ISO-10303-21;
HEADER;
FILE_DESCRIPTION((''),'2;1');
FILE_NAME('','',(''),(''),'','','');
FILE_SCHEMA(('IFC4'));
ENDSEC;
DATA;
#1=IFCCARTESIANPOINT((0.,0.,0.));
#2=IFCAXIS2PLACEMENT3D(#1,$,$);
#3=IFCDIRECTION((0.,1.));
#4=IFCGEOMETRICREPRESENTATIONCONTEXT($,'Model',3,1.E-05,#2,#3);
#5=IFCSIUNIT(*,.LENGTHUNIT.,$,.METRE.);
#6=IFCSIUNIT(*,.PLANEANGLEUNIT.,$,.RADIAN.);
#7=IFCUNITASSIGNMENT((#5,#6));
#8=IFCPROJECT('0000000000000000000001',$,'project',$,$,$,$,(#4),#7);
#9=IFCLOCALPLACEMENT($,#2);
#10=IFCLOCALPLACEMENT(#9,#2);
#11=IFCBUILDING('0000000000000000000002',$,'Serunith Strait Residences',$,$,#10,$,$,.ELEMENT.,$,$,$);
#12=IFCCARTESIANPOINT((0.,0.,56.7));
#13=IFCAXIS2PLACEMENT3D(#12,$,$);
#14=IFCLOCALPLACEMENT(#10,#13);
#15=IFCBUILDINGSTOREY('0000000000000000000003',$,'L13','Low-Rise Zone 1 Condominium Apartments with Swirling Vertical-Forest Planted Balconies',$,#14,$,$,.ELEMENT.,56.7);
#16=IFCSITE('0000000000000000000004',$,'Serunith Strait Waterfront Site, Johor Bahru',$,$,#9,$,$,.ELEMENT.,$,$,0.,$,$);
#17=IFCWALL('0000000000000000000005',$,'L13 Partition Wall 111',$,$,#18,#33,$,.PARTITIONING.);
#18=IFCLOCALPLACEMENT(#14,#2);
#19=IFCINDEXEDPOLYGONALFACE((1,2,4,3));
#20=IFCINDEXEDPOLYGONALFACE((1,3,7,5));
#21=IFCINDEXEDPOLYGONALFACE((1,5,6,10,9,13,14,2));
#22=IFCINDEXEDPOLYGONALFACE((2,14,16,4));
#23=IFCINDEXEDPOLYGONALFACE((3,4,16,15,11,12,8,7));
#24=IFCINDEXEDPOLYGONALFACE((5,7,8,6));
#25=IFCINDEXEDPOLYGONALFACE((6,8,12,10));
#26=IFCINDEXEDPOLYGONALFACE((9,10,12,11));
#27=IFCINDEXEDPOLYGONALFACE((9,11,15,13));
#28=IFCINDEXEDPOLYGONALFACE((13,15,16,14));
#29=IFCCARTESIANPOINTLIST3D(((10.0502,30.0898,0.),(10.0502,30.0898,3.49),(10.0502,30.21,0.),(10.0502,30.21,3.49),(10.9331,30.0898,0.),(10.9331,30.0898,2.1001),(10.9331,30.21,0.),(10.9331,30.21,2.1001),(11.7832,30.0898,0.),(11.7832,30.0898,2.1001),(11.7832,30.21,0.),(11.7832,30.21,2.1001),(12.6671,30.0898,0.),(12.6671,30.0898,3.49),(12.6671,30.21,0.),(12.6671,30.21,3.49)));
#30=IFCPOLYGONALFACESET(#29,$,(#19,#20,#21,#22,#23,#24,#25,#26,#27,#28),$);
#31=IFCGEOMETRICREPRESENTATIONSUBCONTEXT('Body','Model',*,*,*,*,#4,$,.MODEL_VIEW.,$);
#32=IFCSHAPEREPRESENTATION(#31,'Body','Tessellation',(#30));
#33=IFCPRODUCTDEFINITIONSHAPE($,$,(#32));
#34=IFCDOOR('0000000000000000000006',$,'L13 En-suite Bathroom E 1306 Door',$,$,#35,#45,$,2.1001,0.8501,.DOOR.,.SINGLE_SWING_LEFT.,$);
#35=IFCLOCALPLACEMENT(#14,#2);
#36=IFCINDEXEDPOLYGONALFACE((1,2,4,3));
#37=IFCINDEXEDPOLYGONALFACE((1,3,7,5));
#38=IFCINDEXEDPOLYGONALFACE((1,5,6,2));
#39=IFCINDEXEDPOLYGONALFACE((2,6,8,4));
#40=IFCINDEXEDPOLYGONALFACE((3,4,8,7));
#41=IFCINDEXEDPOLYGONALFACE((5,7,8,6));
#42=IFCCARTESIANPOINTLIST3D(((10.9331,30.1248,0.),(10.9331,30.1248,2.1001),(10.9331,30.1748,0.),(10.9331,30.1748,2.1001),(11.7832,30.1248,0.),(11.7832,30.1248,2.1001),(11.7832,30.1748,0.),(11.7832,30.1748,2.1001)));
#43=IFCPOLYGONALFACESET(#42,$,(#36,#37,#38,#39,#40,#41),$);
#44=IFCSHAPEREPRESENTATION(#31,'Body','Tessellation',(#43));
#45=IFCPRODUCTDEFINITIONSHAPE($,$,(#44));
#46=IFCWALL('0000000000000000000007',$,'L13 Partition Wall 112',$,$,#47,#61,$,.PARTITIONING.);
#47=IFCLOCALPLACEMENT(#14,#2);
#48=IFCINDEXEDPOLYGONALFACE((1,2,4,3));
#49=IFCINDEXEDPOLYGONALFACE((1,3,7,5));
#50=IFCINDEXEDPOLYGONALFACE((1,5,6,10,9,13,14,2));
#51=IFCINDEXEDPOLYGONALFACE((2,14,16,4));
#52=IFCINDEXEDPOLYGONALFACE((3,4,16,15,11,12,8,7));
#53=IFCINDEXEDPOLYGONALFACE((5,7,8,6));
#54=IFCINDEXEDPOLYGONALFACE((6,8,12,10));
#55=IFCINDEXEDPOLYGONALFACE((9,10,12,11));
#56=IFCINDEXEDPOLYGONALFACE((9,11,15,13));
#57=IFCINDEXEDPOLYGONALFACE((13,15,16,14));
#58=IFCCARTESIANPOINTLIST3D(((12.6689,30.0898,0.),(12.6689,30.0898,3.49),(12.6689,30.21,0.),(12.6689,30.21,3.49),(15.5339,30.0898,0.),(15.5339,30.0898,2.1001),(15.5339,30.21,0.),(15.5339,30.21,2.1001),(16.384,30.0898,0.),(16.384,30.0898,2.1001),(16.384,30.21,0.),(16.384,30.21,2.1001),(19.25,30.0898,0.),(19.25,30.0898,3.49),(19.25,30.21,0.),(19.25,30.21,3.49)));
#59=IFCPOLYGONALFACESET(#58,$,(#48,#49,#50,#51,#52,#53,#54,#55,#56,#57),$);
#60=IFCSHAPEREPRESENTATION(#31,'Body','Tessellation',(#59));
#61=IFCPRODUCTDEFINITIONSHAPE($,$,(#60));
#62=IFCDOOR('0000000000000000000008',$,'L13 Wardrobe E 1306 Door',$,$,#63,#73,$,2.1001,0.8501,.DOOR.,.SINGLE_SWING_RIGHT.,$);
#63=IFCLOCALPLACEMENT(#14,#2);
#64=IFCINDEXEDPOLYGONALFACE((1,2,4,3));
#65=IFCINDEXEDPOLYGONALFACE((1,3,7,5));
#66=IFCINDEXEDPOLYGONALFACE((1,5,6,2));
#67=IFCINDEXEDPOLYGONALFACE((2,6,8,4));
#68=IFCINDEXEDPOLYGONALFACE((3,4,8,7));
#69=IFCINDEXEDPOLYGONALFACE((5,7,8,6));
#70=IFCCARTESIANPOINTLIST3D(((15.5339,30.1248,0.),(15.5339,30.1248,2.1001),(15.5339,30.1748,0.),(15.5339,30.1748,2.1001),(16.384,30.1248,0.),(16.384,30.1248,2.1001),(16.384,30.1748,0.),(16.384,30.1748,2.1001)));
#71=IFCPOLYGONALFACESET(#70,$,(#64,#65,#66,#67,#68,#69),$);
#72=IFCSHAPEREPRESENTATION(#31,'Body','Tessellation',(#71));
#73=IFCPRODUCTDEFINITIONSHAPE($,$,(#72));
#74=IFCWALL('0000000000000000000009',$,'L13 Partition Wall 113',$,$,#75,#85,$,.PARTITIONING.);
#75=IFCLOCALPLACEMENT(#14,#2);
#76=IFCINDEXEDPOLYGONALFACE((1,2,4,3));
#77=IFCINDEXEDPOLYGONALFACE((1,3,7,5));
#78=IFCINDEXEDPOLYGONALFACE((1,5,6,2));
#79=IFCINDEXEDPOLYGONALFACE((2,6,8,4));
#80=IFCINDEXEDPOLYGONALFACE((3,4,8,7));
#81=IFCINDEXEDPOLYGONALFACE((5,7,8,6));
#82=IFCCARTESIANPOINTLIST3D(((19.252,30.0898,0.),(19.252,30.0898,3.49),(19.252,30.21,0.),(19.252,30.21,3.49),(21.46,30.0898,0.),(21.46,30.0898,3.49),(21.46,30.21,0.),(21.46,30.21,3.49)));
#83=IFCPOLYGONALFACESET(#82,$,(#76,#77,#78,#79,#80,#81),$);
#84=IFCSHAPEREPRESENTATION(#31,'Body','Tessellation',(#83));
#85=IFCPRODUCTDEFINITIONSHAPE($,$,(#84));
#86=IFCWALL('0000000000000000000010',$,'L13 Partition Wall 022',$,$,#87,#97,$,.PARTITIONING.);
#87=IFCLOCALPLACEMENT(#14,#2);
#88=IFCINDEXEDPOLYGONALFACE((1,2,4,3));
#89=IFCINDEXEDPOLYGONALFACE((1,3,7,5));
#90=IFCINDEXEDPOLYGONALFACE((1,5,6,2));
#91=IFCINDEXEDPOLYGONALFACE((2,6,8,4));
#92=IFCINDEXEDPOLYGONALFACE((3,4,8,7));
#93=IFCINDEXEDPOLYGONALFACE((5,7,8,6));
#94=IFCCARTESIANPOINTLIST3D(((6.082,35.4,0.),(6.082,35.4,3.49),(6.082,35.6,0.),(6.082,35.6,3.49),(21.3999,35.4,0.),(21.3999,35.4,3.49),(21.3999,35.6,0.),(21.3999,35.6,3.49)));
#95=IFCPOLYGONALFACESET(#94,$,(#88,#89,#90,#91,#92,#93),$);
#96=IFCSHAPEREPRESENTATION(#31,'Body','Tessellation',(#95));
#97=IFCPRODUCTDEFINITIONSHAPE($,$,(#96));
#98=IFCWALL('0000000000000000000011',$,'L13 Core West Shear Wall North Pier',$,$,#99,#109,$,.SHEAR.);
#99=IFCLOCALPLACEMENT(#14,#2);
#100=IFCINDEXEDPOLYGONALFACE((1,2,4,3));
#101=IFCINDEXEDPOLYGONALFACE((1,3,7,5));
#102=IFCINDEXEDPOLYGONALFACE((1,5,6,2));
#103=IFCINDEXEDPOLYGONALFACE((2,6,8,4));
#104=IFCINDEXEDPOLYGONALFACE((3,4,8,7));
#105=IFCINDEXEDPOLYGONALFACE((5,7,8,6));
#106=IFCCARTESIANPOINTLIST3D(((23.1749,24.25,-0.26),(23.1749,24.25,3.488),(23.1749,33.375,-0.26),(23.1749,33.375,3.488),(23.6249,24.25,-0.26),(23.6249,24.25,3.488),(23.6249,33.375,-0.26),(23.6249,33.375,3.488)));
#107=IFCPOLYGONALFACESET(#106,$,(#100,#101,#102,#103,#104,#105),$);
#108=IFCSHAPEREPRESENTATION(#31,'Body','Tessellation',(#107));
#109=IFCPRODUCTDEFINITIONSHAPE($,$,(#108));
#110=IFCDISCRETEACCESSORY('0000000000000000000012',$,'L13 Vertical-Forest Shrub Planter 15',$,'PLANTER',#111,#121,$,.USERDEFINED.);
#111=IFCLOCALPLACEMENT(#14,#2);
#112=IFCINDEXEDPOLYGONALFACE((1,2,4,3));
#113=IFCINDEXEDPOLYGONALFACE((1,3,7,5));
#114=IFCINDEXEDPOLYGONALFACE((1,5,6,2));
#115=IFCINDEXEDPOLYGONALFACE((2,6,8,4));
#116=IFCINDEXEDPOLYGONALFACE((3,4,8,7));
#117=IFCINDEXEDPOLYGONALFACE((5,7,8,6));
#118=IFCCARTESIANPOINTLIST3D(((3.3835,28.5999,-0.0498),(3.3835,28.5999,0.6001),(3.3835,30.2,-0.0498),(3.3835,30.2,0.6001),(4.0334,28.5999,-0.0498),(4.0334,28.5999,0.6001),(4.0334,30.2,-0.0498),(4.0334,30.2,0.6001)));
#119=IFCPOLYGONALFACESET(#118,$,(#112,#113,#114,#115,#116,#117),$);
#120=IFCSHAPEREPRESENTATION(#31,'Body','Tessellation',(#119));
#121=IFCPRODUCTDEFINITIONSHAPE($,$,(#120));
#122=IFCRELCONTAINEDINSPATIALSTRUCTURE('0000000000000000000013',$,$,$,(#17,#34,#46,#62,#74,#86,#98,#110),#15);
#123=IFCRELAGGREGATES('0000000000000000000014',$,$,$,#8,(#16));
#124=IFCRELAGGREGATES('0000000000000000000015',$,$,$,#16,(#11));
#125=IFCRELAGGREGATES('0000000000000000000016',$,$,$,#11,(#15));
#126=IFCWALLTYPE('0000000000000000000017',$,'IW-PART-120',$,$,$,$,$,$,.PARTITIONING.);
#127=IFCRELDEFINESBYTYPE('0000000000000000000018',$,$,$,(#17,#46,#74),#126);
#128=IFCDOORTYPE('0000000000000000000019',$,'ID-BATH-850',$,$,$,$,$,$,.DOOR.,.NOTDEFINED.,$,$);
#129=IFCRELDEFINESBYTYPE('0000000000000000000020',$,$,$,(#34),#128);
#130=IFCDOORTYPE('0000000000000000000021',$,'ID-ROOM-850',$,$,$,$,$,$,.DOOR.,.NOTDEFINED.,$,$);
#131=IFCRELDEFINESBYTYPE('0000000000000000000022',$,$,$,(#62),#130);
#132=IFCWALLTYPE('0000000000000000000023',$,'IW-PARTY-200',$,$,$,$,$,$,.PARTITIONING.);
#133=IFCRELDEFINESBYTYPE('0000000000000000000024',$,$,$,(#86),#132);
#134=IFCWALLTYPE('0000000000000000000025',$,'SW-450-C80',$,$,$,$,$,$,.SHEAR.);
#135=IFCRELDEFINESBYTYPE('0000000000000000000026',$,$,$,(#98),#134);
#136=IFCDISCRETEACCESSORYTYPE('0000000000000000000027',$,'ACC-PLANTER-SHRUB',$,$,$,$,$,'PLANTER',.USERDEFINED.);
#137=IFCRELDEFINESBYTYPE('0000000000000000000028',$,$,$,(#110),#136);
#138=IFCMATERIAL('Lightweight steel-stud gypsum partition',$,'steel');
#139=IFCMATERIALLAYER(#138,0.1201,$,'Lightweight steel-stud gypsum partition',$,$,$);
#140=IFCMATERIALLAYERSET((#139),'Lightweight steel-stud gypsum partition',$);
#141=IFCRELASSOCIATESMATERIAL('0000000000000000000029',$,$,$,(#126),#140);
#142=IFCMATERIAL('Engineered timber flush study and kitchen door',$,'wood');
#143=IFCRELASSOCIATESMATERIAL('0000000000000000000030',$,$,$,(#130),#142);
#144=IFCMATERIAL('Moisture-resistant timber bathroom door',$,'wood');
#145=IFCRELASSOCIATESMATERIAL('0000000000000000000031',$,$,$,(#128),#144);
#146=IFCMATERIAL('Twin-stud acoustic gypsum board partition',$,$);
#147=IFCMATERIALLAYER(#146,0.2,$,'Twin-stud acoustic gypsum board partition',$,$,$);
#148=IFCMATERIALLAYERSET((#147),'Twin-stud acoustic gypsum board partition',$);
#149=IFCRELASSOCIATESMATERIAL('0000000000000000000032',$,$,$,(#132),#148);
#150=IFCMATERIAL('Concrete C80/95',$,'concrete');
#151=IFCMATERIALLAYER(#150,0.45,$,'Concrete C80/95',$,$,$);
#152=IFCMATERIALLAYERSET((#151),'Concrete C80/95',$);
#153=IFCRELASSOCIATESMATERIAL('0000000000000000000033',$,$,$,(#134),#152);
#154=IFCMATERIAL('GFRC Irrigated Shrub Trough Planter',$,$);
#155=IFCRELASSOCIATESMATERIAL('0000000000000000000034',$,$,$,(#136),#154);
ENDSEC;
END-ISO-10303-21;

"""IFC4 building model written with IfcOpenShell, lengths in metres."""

from ifc_helpers import new_model, si_unit, direction, frame, frame_2d, origin, origin_2d, place, context, subcontext, project, spatial, rectangle, extrude, source, transform, mapped, material, layer, layer_set, type_object, element, fill, save


model = new_model("IFC4")

# Units and contexts
model_context = context("Model", 3, precision=1e-05, world=origin(), true_north=direction((0.0, 1.0)))
body_context = subcontext(model_context, "Body", "Model", "MODEL_VIEW")
ifc_project = project(units=[si_unit("LENGTHUNIT", "METRE"), si_unit("PLANEANGLEUNIT", "RADIAN")], contexts=[model_context])

# Site, building, storey
site_placement = place(None, origin())
site = spatial("IfcSite", under=ifc_project, at=site_placement, Name="Serunith Strait Waterfront Site, Johor Bahru", CompositionType="ELEMENT", RefElevation=0.0)
building_placement = place(site_placement, origin())
building = spatial("IfcBuilding", under=site, at=building_placement, Name="Serunith Strait Residences", CompositionType="ELEMENT")
storey_placement = place(building_placement, frame((0.0, 0.0, 56.7)))
storey = spatial("IfcBuildingStorey", under=building, at=storey_placement, Name="L13", Description="Low-Rise Zone 1 Condominium Apartments with Swirling Vertical-Forest Planted Balconies", CompositionType="ELEMENT", Elevation=56.7)

# Shared definitions
ifc_material_1 = material(Name="Lightweight steel-stud gypsum partition", Category="steel")
ifc_layer_1 = layer(ifc_material_1, 0.1201, Name="Lightweight steel-stud gypsum partition")
ifc_layer_set_1 = layer_set([ifc_layer_1], Name="Lightweight steel-stud gypsum partition")
wall_type_1 = type_object("IfcWallType", Name="IW-PART-120", PredefinedType="PARTITIONING", material=ifc_layer_set_1)

# Shared definitions
ifc_material_2 = material(Name="Engineered timber flush study and kitchen door", Category="wood")
door_type_1 = type_object("IfcDoorType", Name="ID-ROOM-850", OperationType="NOTDEFINED", PredefinedType="DOOR", material=ifc_material_2)
shared_shape_1 = source(origin(), body_context, "Body", "SweptSolid", [
    extrude(rectangle(XDim=0.8501, YDim=2.1001, at=frame_2d((0.425, 1.05))), frame((0.0, 0.0249, 0.0), z_axis=(0.0, -1.0, 0.0), x_axis=(1.0, 0.0, 0.0)), (0.0, 0.0, 1.0), 0.05),
])

# Walls, openings, doors
wall_1_placement = place(storey_placement, frame((10.05, 30.1499, 0.0), z_axis=(0.0, 0.0, 1.0), x_axis=(1.0, 0.0, 0.0)))
wall_1 = element("IfcWall", 1, at=wall_1_placement, inside=storey, type_object=wall_type_1, Name="L13 Partition Wall 111", PredefinedType="PARTITIONING", context=body_context, shape_type="SweptSolid", body=[
    extrude(rectangle(XDim=2.6169, YDim=0.1201, at=frame_2d((1.3086, 0.0))), origin(), (0.0, 0.0, 1.0), 3.49),
])
opening_1_placement = place(wall_1_placement, frame((0.8831, 0.0, 0.0)))
opening_1 = element("IfcOpeningElement", 2, at=opening_1_placement, cuts=wall_1, PredefinedType="OPENING", context=body_context, shape_type="SweptSolid", body=[
    extrude(rectangle(XDim=0.8501, YDim=2.1001, at=frame_2d((0.425, 1.05))), frame((0.0, 0.0701, 0.0), z_axis=(0.0, -1.0, 0.0), x_axis=(1.0, 0.0, 0.0)), (0.0, 0.0, 1.0), 0.1401),
])
ifc_material_3 = material(Name="Moisture-resistant timber bathroom door", Category="wood")
door_type_2 = type_object("IfcDoorType", Name="ID-BATH-850", OperationType="NOTDEFINED", PredefinedType="DOOR", material=ifc_material_3)
door_1_placement = place(opening_1_placement, origin())
door_1 = element("IfcDoor", 3, at=door_1_placement, inside=storey, type_object=door_type_2, Name="L13 En-suite Bathroom E 1306 Door", OperationType="SINGLE_SWING_LEFT", OverallHeight=2.1001, OverallWidth=0.8501, PredefinedType="DOOR", context=body_context, shape_type="MappedRepresentation", body=[
    mapped(shared_shape_1, transform((0.0, 0.0, 0.0), scale=1.0)),
])
fill(opening_1, door_1)
wall_2_placement = place(storey_placement, frame((12.6689, 30.1499, 0.0), z_axis=(0.0, 0.0, 1.0), x_axis=(1.0, 0.0, 0.0)))
wall_2 = element("IfcWall", 4, at=wall_2_placement, inside=storey, type_object=wall_type_1, Name="L13 Partition Wall 112", PredefinedType="PARTITIONING", context=body_context, shape_type="SweptSolid", body=[
    extrude(rectangle(XDim=6.5811, YDim=0.1201, at=frame_2d((3.2905, 0.0))), origin(), (0.0, 0.0, 1.0), 3.49),
])
opening_2_placement = place(wall_2_placement, frame((2.865, 0.0, 0.0)))
opening_2 = element("IfcOpeningElement", 5, at=opening_2_placement, cuts=wall_2, PredefinedType="OPENING", context=body_context, shape_type="SweptSolid", body=[
    extrude(rectangle(XDim=0.8501, YDim=2.1001, at=frame_2d((0.425, 1.05))), frame((0.0, 0.0701, 0.0), z_axis=(0.0, -1.0, 0.0), x_axis=(1.0, 0.0, 0.0)), (0.0, 0.0, 1.0), 0.1401),
])
door_2_placement = place(opening_2_placement, origin())
door_2 = element("IfcDoor", 6, at=door_2_placement, inside=storey, type_object=door_type_1, Name="L13 Wardrobe E 1306 Door", OperationType="SINGLE_SWING_RIGHT", OverallHeight=2.1001, OverallWidth=0.8501, PredefinedType="DOOR", context=body_context, shape_type="MappedRepresentation", body=[
    mapped(shared_shape_1, transform((0.0, 0.0, 0.0), scale=1.0)),
])
fill(opening_2, door_2)

# Walls
wall_3_placement = place(storey_placement, frame((19.252, 30.1499, 0.0), z_axis=(0.0, 0.0, 1.0), x_axis=(1.0, 0.0, 0.0)))
element("IfcWall", 7, at=wall_3_placement, inside=storey, type_object=wall_type_1, Name="L13 Partition Wall 113", PredefinedType="PARTITIONING", context=body_context, shape_type="SweptSolid", body=[
    extrude(rectangle(XDim=2.208, YDim=0.1201, at=frame_2d((1.104, 0.0))), origin(), (0.0, 0.0, 1.0), 3.49),
])
ifc_material_4 = material(Name="Twin-stud acoustic gypsum board partition")
ifc_layer_2 = layer(ifc_material_4, 0.2, Name="Twin-stud acoustic gypsum board partition")
ifc_layer_set_2 = layer_set([ifc_layer_2], Name="Twin-stud acoustic gypsum board partition")
wall_type_2 = type_object("IfcWallType", Name="IW-PARTY-200", PredefinedType="PARTITIONING", material=ifc_layer_set_2)
wall_4_placement = place(storey_placement, frame((6.082, 35.5, 0.0), z_axis=(0.0, 0.0, 1.0), x_axis=(1.0, 0.0, 0.0)))
element("IfcWall", 8, at=wall_4_placement, inside=storey, type_object=wall_type_2, Name="L13 Partition Wall 022", PredefinedType="PARTITIONING", context=body_context, shape_type="SweptSolid", body=[
    extrude(rectangle(XDim=15.3179, YDim=0.2, at=frame_2d((7.6589, 0.0))), origin(), (0.0, 0.0, 1.0), 3.49),
])

# Wall
ifc_material_5 = material(Name="Concrete C80/95", Category="concrete")
ifc_layer_3 = layer(ifc_material_5, 0.45, Name="Concrete C80/95")
ifc_layer_set_3 = layer_set([ifc_layer_3], Name="Concrete C80/95")
wall_type_3 = type_object("IfcWallType", Name="SW-450-C80", PredefinedType="SHEAR", material=ifc_layer_set_3)
wall_5_placement = place(storey_placement, frame((23.3999, 24.25, -0.26), z_axis=(0.0, 0.0, 1.0), x_axis=(0.0, 1.0, 0.0)))
element("IfcWall", 9, at=wall_5_placement, inside=storey, type_object=wall_type_3, Name="L13 Core West Shear Wall North Pier", PredefinedType="SHEAR", context=body_context, shape_type="SweptSolid", body=[
    extrude(rectangle(XDim=9.125, YDim=0.45, at=frame_2d((4.5625, 0.0))), origin(), (0.0, 0.0, 1.0), 3.748),
])

# Discrete accessory
ifc_material_6 = material(Name="GFRC Irrigated Shrub Trough Planter")
discrete_accessory_type = type_object("IfcDiscreteAccessoryType", Name="ACC-PLANTER-SHRUB", ElementType="PLANTER", PredefinedType="USERDEFINED", material=ifc_material_6)
shared_shape_2 = source(origin(), body_context, "Body", "SweptSolid", [
    extrude(rectangle(XDim=1.6001, YDim=0.6499, at=origin_2d()), origin(), (0.0, 0.0, 1.0), 0.6499),
])
discrete_accessory_placement = place(storey_placement, frame((3.7085, 29.3999, -0.0498), z_axis=(0.0, 0.0, 1.0), x_axis=(0.0, -1.0, 0.0)))
element("IfcDiscreteAccessory", 10, at=discrete_accessory_placement, inside=storey, type_object=discrete_accessory_type, Name="L13 Vertical-Forest Shrub Planter 15", ObjectType="PLANTER", PredefinedType="USERDEFINED", context=body_context, shape_type="MappedRepresentation", body=[
    mapped(shared_shape_2, transform((0.0, 0.0, 0.0), scale=1.0)),
])

save(model, "model.ifc")
